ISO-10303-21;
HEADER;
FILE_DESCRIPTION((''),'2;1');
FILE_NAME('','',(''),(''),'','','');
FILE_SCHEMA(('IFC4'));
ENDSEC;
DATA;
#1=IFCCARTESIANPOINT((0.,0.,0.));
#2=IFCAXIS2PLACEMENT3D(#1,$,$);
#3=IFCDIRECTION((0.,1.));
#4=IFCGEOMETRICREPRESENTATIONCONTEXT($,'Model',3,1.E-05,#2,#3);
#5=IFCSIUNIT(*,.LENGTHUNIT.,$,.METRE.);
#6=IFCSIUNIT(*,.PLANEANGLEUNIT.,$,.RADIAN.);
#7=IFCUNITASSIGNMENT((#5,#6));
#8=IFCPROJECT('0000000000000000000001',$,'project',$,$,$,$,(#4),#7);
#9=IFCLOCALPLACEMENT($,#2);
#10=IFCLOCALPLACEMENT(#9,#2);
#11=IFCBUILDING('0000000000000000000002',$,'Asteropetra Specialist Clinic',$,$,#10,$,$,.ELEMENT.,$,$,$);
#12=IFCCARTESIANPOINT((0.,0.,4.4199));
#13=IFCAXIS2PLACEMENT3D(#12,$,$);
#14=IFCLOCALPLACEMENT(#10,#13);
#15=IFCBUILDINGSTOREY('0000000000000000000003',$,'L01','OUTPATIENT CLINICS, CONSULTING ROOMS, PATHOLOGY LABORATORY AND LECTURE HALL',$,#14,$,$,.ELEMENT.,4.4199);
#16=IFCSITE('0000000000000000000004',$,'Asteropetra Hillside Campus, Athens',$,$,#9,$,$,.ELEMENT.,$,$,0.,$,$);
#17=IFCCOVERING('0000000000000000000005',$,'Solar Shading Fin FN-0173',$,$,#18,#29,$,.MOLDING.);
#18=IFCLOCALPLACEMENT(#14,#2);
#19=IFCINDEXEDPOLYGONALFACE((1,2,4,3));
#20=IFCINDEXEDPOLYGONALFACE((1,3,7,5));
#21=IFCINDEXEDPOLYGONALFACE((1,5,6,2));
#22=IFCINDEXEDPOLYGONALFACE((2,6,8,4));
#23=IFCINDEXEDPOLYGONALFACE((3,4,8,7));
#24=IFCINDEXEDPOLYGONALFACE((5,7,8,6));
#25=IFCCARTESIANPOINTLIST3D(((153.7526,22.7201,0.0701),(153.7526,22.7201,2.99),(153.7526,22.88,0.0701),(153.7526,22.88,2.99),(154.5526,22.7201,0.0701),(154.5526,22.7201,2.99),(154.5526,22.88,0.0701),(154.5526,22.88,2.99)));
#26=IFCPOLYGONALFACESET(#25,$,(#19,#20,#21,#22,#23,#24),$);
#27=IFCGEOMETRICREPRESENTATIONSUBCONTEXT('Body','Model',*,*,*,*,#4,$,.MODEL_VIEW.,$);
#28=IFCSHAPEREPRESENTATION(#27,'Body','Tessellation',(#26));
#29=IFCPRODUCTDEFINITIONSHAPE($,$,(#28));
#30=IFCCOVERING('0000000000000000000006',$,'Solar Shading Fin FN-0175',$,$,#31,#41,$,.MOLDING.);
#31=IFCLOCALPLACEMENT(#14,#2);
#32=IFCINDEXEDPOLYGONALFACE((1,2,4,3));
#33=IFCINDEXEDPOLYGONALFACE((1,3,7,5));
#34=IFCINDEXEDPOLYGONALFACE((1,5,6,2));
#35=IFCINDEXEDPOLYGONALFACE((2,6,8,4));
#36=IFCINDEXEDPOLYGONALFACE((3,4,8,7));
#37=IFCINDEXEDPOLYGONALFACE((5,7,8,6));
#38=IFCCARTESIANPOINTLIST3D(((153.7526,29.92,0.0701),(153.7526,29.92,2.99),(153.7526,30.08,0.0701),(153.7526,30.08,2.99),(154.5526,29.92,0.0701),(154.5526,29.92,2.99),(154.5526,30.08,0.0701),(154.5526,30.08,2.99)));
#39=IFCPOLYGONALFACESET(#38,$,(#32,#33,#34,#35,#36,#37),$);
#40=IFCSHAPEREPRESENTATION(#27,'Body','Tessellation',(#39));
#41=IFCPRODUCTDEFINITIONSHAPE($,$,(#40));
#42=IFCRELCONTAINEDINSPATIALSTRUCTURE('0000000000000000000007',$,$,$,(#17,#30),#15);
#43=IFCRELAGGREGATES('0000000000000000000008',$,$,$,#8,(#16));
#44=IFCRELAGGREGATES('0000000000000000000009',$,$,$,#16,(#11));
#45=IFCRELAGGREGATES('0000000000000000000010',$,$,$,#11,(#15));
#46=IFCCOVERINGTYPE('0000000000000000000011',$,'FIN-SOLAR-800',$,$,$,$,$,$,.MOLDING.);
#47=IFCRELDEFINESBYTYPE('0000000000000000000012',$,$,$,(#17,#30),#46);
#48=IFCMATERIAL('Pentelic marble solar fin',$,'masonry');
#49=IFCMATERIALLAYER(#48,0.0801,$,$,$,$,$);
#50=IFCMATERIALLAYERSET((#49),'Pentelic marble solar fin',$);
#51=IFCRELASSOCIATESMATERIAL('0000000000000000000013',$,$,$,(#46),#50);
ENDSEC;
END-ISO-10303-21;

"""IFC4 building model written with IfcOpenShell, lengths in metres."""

from ifc_helpers import new_model, si_unit, direction, frame, origin, origin_2d, place, context, subcontext, project, spatial, rectangle, extrude, material, layer, layer_set, type_object, element, save


model = new_model("IFC4")

# Units and contexts
model_context = context("Model", 3, precision=1e-05, world=origin(), true_north=direction((0.0, 1.0)))
body_context = subcontext(model_context, "Body", "Model", "MODEL_VIEW")
ifc_project = project(units=[si_unit("LENGTHUNIT", "METRE"), si_unit("PLANEANGLEUNIT", "RADIAN")], contexts=[model_context])

# Site, building, storey
site_placement = place(None, origin())
site = spatial("IfcSite", under=ifc_project, at=site_placement, Name="Asteropetra Hillside Campus, Athens", CompositionType="ELEMENT", RefElevation=0.0)
building_placement = place(site_placement, origin())
building = spatial("IfcBuilding", under=site, at=building_placement, Name="Asteropetra Specialist Clinic", CompositionType="ELEMENT")
storey_placement = place(building_placement, frame((0.0, 0.0, 4.4199)))
storey = spatial("IfcBuildingStorey", under=building, at=storey_placement, Name="L01", Description="OUTPATIENT CLINICS, CONSULTING ROOMS, PATHOLOGY LABORATORY AND LECTURE HALL", CompositionType="ELEMENT", Elevation=4.4199)

# Coverings
ifc_material_1 = material(Name="Pentelic marble solar fin", Category="masonry")
ifc_layer_1 = layer(ifc_material_1, 0.0801)
ifc_layer_set_1 = layer_set([ifc_layer_1], Name="Pentelic marble solar fin")
covering_type_1 = type_object("IfcCoveringType", Name="FIN-SOLAR-800", PredefinedType="MOLDING", material=ifc_layer_set_1)
for number, where, z_axis, x_axis, name in (
    (1, (154.1526, 22.8, 0.0701), (0.0, 0.0, 1.0), (1.0, 0.0, 0.0), "Solar Shading Fin FN-0173"),
    (2, (154.1526, 30.0, 0.0701), (0.0, 0.0, 1.0), (1.0, 0.0, 0.0), "Solar Shading Fin FN-0175"),
):
    element("IfcCovering", number, at=place(storey_placement, frame(where, z_axis=z_axis, x_axis=x_axis)), inside=storey, type_object=covering_type_1, Name=name, PredefinedType="MOLDING", context=body_context, shape_type="SweptSolid", body=[
        extrude(rectangle(XDim=0.8, YDim=0.1599, at=origin_2d()), origin(), (0.0, 0.0, 1.0), 2.9199),
    ])

save(model, "model.ifc")
